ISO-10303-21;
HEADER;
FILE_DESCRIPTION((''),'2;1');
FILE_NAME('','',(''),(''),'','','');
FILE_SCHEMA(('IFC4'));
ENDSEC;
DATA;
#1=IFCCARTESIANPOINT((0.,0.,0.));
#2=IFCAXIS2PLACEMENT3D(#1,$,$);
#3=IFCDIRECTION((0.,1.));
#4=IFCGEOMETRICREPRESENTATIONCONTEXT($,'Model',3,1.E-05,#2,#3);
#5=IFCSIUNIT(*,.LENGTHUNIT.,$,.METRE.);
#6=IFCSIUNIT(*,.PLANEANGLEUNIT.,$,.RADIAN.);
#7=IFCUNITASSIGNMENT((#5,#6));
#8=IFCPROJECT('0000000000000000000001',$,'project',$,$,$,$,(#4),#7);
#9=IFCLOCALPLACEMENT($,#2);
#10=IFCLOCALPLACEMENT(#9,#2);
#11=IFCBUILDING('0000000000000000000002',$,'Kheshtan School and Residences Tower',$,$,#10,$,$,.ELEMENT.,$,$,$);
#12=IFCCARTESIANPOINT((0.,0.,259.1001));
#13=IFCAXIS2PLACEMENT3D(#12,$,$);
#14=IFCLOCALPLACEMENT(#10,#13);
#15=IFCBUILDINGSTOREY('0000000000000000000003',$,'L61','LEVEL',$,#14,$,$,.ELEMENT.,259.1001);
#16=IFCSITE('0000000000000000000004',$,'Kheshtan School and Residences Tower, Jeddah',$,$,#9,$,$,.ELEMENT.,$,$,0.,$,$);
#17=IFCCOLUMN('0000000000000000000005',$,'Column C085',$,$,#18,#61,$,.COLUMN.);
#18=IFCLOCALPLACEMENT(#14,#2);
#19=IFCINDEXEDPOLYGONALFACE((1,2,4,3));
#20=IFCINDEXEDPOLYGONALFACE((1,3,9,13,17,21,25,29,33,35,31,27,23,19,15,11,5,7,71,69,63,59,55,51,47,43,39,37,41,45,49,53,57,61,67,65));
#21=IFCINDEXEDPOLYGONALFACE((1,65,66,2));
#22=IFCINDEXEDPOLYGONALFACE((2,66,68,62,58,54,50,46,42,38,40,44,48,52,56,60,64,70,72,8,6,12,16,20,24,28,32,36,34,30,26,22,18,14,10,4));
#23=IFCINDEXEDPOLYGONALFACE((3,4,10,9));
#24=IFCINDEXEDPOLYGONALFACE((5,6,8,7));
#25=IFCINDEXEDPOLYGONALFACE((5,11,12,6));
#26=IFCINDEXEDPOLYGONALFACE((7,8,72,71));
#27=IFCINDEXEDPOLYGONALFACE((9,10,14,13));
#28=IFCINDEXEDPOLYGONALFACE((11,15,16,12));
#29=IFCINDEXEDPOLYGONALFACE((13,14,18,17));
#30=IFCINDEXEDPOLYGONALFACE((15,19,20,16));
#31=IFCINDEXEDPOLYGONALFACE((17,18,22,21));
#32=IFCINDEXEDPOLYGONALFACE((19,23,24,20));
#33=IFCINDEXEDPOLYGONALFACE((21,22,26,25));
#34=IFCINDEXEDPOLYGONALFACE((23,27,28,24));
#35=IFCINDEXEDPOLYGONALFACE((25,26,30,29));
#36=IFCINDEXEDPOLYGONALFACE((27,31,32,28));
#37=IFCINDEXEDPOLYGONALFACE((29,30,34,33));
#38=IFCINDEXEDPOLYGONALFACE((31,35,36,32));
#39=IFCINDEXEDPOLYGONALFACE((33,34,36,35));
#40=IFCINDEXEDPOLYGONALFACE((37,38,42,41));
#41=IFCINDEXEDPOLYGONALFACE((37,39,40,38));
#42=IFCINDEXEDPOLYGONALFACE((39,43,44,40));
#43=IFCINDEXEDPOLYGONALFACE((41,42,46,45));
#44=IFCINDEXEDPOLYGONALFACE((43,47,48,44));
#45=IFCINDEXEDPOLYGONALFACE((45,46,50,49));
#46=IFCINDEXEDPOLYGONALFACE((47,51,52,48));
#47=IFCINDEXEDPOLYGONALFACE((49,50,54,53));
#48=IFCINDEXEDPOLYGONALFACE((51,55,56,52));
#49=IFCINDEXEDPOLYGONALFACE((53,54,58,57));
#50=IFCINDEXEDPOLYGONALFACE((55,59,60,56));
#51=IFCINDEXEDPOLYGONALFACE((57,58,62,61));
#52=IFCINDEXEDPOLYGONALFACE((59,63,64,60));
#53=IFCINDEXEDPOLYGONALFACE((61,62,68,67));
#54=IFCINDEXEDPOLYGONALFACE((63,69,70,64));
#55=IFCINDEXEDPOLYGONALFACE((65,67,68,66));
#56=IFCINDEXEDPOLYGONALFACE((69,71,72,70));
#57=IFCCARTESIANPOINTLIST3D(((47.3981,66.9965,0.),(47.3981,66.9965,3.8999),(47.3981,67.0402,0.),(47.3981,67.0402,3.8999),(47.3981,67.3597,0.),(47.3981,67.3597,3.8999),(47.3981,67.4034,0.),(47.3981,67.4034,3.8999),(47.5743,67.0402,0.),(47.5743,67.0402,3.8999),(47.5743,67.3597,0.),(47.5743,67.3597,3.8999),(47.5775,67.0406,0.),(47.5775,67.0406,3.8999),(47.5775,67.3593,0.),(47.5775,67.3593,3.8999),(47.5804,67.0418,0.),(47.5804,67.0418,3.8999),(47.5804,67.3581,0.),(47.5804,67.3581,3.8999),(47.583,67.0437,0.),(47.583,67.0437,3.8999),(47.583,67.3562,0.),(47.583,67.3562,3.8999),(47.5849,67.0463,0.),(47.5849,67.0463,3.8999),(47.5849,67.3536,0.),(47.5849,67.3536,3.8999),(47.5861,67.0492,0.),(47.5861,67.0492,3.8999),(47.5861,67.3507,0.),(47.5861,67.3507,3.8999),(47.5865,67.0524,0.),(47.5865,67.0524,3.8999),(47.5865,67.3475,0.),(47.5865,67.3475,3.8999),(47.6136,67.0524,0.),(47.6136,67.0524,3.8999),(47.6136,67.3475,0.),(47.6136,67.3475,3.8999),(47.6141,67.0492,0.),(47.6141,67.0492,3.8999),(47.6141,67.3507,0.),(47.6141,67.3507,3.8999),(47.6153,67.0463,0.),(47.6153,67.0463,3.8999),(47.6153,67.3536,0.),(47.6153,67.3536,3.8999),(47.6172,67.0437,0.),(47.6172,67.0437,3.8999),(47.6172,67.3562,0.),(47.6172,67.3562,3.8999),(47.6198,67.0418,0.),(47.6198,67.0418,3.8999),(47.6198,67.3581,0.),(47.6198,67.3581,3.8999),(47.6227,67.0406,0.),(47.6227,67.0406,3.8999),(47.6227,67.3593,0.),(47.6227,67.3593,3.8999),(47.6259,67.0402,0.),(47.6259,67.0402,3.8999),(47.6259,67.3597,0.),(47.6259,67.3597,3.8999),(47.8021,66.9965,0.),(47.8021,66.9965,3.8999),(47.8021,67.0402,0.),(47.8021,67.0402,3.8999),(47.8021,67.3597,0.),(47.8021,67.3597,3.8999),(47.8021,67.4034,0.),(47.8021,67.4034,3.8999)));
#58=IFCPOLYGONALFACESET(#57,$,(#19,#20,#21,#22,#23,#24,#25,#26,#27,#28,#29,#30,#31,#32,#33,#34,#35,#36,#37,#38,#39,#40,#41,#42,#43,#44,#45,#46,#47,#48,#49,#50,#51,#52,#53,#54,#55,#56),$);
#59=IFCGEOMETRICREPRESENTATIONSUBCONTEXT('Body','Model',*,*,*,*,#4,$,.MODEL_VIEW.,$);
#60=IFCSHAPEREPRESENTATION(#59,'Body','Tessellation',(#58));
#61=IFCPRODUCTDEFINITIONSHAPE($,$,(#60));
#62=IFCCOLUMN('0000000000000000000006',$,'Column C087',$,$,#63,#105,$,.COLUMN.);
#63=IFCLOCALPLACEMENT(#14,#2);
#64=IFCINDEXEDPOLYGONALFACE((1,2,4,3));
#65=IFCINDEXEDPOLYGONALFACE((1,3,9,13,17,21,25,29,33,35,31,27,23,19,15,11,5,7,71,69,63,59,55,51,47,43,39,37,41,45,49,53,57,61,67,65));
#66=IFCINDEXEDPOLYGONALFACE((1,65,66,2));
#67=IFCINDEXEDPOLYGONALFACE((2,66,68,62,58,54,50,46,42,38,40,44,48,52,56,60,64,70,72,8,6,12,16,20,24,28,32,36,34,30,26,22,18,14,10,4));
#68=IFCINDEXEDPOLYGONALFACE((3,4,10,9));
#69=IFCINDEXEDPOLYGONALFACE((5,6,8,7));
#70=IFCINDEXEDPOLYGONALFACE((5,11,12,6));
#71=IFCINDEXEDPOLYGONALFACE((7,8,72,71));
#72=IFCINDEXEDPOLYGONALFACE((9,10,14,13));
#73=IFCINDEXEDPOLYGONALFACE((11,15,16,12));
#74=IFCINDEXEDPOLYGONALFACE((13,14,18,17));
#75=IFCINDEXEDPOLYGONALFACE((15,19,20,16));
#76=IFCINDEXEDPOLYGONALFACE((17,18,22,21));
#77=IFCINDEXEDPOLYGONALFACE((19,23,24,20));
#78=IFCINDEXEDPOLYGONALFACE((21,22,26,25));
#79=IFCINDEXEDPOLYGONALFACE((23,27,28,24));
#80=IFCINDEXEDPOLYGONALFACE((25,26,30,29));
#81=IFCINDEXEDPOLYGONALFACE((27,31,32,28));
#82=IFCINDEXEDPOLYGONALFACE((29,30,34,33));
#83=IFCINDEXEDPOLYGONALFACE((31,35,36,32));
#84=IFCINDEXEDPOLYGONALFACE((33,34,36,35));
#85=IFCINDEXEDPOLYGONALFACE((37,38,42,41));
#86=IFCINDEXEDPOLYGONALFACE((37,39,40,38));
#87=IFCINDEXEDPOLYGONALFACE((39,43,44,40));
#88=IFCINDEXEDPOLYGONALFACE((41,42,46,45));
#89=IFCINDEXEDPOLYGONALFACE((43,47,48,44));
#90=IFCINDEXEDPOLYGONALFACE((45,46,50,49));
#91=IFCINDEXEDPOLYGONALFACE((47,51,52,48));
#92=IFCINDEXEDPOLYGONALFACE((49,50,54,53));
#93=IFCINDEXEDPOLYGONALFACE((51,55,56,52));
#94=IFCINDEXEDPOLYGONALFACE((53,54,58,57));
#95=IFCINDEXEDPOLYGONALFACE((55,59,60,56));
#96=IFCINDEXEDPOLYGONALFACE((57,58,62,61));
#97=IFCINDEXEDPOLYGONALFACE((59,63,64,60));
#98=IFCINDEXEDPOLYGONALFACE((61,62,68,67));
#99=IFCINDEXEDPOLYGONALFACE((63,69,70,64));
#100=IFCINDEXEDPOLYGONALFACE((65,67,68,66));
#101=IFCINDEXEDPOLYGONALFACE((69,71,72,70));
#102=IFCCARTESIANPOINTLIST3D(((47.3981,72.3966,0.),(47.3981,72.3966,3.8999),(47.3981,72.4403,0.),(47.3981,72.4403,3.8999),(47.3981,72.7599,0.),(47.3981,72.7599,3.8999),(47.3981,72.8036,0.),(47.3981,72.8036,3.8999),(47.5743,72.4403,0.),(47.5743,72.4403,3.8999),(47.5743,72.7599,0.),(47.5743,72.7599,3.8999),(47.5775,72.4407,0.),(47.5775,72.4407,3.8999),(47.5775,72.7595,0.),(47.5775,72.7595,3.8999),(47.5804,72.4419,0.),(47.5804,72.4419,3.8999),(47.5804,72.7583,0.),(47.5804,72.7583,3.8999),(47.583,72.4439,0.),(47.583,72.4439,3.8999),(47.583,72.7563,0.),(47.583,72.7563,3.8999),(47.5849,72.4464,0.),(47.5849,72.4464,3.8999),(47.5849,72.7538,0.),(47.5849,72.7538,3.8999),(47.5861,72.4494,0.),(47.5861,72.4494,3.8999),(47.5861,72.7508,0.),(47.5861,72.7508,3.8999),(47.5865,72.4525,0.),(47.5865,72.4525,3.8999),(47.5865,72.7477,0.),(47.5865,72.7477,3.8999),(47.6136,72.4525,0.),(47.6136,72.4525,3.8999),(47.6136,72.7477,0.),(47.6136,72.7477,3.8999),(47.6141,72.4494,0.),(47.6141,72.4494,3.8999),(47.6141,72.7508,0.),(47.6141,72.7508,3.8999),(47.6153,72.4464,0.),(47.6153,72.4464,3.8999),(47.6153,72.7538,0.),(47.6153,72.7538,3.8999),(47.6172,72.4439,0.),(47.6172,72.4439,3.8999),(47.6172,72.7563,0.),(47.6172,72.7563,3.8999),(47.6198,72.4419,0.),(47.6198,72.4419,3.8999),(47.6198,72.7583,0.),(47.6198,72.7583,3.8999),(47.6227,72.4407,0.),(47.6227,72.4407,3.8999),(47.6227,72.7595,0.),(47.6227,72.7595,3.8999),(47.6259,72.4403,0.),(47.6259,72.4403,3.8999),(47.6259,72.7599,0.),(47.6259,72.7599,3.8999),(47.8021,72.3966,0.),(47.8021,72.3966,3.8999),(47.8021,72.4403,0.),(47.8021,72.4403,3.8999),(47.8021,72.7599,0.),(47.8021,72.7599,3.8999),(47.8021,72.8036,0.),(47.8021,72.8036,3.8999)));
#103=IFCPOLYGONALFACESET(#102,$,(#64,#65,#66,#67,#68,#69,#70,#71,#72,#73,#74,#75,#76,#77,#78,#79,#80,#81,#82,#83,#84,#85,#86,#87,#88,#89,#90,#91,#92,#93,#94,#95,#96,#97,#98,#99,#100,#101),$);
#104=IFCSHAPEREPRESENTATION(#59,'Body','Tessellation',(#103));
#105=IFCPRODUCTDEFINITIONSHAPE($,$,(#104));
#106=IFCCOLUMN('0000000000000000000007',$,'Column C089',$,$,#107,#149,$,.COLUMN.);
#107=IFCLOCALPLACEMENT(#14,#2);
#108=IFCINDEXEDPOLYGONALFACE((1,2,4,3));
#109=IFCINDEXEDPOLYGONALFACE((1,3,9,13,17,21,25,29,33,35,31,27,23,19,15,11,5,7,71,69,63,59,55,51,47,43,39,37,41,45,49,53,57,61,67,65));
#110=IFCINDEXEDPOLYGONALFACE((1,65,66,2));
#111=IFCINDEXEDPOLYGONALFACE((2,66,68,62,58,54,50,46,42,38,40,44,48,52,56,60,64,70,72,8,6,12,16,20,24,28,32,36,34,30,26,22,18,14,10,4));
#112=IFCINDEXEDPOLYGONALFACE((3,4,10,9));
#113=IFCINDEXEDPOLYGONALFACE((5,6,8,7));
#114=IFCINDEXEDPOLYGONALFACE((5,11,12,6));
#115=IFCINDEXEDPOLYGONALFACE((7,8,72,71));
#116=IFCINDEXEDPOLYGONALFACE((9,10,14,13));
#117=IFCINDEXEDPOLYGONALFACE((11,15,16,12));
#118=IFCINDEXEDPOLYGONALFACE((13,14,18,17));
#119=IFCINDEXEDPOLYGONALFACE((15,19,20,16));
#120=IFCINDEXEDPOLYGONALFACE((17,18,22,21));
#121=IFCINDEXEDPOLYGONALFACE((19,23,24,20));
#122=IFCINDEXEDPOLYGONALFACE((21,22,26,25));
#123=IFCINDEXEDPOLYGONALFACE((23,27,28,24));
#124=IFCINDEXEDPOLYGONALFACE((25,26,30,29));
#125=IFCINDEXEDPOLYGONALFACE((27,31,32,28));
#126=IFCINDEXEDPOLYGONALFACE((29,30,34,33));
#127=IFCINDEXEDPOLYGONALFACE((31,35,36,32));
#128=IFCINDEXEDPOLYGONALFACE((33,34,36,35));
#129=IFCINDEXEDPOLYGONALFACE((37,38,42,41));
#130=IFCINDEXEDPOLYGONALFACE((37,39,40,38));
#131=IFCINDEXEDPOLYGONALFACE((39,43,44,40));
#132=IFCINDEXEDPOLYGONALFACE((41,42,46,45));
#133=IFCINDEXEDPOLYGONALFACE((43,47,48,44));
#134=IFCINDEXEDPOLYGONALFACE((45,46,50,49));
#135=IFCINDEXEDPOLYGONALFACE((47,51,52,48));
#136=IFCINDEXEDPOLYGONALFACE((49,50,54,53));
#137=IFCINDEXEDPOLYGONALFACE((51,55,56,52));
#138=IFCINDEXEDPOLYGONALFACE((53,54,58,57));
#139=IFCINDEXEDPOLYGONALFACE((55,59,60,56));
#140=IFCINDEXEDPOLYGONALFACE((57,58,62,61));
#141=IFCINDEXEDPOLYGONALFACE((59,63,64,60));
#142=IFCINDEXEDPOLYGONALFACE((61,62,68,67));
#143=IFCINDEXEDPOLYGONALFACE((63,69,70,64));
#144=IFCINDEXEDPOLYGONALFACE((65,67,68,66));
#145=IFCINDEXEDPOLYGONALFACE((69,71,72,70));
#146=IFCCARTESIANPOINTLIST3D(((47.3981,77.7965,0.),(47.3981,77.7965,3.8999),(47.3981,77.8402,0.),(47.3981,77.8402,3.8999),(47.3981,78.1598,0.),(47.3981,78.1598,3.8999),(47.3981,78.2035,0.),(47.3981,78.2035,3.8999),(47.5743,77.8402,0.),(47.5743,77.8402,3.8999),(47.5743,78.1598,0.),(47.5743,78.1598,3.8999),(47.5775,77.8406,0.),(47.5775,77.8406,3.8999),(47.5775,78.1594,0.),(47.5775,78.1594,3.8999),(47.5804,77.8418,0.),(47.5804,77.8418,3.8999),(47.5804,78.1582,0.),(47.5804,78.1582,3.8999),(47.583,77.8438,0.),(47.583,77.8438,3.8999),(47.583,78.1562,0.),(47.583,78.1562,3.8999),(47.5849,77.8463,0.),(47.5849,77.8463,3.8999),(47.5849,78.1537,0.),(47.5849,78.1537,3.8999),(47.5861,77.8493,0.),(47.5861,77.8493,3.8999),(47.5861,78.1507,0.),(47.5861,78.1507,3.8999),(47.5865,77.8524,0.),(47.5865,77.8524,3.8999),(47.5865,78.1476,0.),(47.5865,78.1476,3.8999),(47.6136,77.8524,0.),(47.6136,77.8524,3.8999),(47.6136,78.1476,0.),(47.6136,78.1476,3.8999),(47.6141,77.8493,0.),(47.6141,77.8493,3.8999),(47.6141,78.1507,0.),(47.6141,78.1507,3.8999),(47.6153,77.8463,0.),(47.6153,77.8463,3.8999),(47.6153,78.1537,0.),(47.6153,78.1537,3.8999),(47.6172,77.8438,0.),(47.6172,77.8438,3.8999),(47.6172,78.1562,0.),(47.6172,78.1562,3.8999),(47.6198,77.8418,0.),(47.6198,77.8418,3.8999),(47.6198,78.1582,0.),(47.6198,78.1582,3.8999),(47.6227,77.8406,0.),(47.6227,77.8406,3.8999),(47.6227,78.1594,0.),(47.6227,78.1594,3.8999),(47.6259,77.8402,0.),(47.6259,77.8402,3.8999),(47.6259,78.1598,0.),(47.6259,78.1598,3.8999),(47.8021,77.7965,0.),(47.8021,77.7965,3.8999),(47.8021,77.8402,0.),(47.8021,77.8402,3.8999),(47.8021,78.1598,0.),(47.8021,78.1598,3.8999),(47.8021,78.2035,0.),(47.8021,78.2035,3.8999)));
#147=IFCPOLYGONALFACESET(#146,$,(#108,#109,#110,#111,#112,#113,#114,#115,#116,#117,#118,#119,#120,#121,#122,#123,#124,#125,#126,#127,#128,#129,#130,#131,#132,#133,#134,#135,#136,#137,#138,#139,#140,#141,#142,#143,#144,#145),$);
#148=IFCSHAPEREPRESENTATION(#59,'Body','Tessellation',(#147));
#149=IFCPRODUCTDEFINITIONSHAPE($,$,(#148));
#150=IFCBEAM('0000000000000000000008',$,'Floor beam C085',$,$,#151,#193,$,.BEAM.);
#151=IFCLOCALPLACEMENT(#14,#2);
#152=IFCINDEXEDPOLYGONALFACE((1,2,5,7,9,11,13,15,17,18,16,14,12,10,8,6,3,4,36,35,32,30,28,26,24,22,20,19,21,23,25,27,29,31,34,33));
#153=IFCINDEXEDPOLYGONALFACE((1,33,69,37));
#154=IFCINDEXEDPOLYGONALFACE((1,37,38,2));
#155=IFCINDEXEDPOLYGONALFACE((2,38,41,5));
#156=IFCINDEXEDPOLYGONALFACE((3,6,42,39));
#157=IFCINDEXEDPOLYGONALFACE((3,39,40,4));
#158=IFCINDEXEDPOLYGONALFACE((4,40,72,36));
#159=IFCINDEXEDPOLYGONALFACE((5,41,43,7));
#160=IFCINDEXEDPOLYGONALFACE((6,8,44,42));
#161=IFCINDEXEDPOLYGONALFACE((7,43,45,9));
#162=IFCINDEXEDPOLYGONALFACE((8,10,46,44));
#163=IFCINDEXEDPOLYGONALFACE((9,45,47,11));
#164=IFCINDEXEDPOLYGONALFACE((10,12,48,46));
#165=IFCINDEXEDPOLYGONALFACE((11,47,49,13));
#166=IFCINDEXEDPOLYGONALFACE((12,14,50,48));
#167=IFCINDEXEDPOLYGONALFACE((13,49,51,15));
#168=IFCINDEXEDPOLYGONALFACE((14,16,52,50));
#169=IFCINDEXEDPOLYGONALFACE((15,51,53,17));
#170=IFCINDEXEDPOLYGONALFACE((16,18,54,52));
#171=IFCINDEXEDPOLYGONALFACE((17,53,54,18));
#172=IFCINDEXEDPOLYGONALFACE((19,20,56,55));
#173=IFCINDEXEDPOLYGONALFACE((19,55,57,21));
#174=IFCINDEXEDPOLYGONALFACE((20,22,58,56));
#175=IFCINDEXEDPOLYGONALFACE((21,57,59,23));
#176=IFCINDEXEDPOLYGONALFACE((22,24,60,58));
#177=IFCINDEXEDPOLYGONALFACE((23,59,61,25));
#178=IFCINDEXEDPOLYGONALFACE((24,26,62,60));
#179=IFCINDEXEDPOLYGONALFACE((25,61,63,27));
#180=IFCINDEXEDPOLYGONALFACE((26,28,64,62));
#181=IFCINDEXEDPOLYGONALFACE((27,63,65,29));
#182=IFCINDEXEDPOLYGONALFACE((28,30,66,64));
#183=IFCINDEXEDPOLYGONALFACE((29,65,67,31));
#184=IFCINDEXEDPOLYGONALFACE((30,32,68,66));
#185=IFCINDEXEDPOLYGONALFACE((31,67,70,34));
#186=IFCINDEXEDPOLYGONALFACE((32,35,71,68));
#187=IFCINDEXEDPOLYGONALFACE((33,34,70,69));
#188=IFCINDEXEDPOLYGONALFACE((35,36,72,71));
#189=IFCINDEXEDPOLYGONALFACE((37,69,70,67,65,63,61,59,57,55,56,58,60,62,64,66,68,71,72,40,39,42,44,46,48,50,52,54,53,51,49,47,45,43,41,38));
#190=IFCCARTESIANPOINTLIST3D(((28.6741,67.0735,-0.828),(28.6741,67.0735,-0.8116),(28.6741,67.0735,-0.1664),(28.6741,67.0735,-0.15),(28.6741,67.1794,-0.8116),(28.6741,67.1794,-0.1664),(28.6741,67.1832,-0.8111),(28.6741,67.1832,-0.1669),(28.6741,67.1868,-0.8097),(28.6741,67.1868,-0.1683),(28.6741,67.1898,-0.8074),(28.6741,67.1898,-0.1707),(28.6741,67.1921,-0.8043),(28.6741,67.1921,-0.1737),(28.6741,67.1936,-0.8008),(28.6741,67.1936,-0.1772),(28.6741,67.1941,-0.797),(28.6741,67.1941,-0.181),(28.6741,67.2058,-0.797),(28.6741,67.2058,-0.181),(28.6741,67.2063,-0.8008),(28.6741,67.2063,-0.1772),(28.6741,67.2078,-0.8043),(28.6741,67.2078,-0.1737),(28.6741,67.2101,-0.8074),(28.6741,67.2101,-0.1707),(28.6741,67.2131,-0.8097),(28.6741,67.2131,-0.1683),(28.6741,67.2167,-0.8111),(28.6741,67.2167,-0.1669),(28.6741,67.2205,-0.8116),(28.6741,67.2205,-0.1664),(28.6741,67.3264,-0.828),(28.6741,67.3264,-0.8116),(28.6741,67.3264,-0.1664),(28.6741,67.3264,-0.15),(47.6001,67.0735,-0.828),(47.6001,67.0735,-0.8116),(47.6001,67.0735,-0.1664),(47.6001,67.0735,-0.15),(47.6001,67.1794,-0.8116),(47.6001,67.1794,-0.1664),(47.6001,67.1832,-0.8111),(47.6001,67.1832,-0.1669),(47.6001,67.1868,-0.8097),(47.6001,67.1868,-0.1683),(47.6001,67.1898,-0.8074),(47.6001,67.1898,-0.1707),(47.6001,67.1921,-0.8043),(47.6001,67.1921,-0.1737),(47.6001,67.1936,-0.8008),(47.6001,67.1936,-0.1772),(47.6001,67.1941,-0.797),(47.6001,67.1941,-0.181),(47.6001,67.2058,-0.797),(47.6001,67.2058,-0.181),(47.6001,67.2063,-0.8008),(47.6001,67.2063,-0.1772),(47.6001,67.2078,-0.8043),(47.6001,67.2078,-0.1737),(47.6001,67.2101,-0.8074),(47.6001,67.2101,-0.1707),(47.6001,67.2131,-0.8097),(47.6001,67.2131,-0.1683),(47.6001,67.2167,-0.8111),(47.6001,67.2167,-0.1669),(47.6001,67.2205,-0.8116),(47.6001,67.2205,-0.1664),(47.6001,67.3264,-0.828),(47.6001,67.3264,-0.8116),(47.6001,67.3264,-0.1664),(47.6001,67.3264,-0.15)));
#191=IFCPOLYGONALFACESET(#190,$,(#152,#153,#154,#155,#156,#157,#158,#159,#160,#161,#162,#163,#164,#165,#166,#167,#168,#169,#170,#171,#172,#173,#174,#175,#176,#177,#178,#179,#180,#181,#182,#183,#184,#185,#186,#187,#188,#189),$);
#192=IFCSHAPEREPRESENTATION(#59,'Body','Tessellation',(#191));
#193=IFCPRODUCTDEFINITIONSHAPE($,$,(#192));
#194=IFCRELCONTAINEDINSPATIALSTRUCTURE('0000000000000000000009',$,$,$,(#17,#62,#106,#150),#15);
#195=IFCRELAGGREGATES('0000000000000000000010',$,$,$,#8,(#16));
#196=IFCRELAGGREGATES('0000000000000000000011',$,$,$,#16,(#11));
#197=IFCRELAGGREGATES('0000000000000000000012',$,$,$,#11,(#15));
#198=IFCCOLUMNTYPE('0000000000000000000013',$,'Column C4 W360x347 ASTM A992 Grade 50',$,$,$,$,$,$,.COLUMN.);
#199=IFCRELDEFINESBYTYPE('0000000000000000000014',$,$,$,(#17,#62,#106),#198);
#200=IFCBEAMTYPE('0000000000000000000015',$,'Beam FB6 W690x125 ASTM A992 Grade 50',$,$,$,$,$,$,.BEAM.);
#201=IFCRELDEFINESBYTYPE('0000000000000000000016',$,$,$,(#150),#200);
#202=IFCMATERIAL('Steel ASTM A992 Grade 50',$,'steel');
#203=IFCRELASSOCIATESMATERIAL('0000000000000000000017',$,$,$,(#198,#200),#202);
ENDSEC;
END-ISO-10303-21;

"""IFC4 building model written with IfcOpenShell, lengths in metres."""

from ifc_helpers import new_model, si_unit, direction, frame, origin, origin_2d, place, context, subcontext, project, spatial, i_section, extrude, material, material_profile, profile_set, type_object, element, save


model = new_model("IFC4")

# Units and contexts
model_context = context("Model", 3, precision=1e-05, world=origin(), true_north=direction((0.0, 1.0)))
body_context = subcontext(model_context, "Body", "Model", "MODEL_VIEW")
ifc_project = project(units=[si_unit("LENGTHUNIT", "METRE"), si_unit("PLANEANGLEUNIT", "RADIAN")], contexts=[model_context])

# Site, building, storey
site_placement = place(None, origin())
site = spatial("IfcSite", under=ifc_project, at=site_placement, Name="Kheshtan School and Residences Tower, Jeddah", CompositionType="ELEMENT", RefElevation=0.0)
building_placement = place(site_placement, origin())
building = spatial("IfcBuilding", under=site, at=building_placement, Name="Kheshtan School and Residences Tower", CompositionType="ELEMENT")
storey_placement = place(building_placement, frame((0.0, 0.0, 259.1001)))
storey = spatial("IfcBuildingStorey", under=building, at=storey_placement, Name="L61", Description="LEVEL", CompositionType="ELEMENT", Elevation=259.1001)

# Columns
ifc_material_1 = material(Name="Steel ASTM A992 Grade 50", Category="steel")
ifc_material_profile_1 = material_profile(ifc_material_1, i_section(OverallWidth=0.4041, OverallDepth=0.407, WebThickness=0.0271, FlangeThickness=0.0437, FilletRadius=0.0122, at=origin_2d()), Name="W360x347")
ifc_profile_set_1 = profile_set([ifc_material_profile_1], Name="Steel ASTM A992 Grade 50")
column_type = type_object("IfcColumnType", Name="Column C4 W360x347 ASTM A992 Grade 50", PredefinedType="COLUMN", material=ifc_profile_set_1)
for number, where, z_axis, x_axis, name in (
    (1, (47.6001, 67.2, 0.0), (0.0, 0.0, 1.0), (1.0, 0.0, 0.0), "Column C085"),
    (2, (47.6001, 72.6001, 0.0), (0.0, 0.0, 1.0), (1.0, 0.0, 0.0), "Column C087"),
    (3, (47.6001, 78.0, 0.0), (0.0, 0.0, 1.0), (1.0, 0.0, 0.0), "Column C089"),
):
    element("IfcColumn", number, at=place(storey_placement, frame(where, z_axis=z_axis, x_axis=x_axis)), inside=storey, type_object=column_type, Name=name, PredefinedType="COLUMN", context=body_context, shape_type="SweptSolid", body=[
        extrude(i_section(OverallWidth=0.4041, OverallDepth=0.407, WebThickness=0.0271, FlangeThickness=0.0437, FilletRadius=0.0122, at=origin_2d()), origin(), (0.0, 0.0, 1.0), 3.8999),
    ])

# Beam
ifc_material_profile_2 = material_profile(ifc_material_1, i_section(OverallWidth=0.2529, OverallDepth=0.678, WebThickness=0.0117, FlangeThickness=0.0164, FilletRadius=0.0146, at=origin_2d()), Name="W690x125")
ifc_profile_set_2 = profile_set([ifc_material_profile_2], Name="Steel ASTM A992 Grade 50")
beam_type_1 = type_object("IfcBeamType", Name="Beam FB6 W690x125 ASTM A992 Grade 50", PredefinedType="BEAM", material=ifc_profile_set_2)
beam_1_placement = place(storey_placement, frame((47.6001, 67.2, -0.489), z_axis=(-1.0, 0.0, 0.0), x_axis=(0.0, -1.0, 0.0)))
element("IfcBeam", 4, at=beam_1_placement, inside=storey, type_object=beam_type_1, Name="Floor beam C085", PredefinedType="BEAM", context=body_context, shape_type="SweptSolid", body=[
    extrude(i_section(OverallWidth=0.2529, OverallDepth=0.678, WebThickness=0.0117, FlangeThickness=0.0164, FilletRadius=0.0146, at=origin_2d()), origin(), (0.0, 0.0, 1.0), 18.926),
])

save(model, "model.ifc")
